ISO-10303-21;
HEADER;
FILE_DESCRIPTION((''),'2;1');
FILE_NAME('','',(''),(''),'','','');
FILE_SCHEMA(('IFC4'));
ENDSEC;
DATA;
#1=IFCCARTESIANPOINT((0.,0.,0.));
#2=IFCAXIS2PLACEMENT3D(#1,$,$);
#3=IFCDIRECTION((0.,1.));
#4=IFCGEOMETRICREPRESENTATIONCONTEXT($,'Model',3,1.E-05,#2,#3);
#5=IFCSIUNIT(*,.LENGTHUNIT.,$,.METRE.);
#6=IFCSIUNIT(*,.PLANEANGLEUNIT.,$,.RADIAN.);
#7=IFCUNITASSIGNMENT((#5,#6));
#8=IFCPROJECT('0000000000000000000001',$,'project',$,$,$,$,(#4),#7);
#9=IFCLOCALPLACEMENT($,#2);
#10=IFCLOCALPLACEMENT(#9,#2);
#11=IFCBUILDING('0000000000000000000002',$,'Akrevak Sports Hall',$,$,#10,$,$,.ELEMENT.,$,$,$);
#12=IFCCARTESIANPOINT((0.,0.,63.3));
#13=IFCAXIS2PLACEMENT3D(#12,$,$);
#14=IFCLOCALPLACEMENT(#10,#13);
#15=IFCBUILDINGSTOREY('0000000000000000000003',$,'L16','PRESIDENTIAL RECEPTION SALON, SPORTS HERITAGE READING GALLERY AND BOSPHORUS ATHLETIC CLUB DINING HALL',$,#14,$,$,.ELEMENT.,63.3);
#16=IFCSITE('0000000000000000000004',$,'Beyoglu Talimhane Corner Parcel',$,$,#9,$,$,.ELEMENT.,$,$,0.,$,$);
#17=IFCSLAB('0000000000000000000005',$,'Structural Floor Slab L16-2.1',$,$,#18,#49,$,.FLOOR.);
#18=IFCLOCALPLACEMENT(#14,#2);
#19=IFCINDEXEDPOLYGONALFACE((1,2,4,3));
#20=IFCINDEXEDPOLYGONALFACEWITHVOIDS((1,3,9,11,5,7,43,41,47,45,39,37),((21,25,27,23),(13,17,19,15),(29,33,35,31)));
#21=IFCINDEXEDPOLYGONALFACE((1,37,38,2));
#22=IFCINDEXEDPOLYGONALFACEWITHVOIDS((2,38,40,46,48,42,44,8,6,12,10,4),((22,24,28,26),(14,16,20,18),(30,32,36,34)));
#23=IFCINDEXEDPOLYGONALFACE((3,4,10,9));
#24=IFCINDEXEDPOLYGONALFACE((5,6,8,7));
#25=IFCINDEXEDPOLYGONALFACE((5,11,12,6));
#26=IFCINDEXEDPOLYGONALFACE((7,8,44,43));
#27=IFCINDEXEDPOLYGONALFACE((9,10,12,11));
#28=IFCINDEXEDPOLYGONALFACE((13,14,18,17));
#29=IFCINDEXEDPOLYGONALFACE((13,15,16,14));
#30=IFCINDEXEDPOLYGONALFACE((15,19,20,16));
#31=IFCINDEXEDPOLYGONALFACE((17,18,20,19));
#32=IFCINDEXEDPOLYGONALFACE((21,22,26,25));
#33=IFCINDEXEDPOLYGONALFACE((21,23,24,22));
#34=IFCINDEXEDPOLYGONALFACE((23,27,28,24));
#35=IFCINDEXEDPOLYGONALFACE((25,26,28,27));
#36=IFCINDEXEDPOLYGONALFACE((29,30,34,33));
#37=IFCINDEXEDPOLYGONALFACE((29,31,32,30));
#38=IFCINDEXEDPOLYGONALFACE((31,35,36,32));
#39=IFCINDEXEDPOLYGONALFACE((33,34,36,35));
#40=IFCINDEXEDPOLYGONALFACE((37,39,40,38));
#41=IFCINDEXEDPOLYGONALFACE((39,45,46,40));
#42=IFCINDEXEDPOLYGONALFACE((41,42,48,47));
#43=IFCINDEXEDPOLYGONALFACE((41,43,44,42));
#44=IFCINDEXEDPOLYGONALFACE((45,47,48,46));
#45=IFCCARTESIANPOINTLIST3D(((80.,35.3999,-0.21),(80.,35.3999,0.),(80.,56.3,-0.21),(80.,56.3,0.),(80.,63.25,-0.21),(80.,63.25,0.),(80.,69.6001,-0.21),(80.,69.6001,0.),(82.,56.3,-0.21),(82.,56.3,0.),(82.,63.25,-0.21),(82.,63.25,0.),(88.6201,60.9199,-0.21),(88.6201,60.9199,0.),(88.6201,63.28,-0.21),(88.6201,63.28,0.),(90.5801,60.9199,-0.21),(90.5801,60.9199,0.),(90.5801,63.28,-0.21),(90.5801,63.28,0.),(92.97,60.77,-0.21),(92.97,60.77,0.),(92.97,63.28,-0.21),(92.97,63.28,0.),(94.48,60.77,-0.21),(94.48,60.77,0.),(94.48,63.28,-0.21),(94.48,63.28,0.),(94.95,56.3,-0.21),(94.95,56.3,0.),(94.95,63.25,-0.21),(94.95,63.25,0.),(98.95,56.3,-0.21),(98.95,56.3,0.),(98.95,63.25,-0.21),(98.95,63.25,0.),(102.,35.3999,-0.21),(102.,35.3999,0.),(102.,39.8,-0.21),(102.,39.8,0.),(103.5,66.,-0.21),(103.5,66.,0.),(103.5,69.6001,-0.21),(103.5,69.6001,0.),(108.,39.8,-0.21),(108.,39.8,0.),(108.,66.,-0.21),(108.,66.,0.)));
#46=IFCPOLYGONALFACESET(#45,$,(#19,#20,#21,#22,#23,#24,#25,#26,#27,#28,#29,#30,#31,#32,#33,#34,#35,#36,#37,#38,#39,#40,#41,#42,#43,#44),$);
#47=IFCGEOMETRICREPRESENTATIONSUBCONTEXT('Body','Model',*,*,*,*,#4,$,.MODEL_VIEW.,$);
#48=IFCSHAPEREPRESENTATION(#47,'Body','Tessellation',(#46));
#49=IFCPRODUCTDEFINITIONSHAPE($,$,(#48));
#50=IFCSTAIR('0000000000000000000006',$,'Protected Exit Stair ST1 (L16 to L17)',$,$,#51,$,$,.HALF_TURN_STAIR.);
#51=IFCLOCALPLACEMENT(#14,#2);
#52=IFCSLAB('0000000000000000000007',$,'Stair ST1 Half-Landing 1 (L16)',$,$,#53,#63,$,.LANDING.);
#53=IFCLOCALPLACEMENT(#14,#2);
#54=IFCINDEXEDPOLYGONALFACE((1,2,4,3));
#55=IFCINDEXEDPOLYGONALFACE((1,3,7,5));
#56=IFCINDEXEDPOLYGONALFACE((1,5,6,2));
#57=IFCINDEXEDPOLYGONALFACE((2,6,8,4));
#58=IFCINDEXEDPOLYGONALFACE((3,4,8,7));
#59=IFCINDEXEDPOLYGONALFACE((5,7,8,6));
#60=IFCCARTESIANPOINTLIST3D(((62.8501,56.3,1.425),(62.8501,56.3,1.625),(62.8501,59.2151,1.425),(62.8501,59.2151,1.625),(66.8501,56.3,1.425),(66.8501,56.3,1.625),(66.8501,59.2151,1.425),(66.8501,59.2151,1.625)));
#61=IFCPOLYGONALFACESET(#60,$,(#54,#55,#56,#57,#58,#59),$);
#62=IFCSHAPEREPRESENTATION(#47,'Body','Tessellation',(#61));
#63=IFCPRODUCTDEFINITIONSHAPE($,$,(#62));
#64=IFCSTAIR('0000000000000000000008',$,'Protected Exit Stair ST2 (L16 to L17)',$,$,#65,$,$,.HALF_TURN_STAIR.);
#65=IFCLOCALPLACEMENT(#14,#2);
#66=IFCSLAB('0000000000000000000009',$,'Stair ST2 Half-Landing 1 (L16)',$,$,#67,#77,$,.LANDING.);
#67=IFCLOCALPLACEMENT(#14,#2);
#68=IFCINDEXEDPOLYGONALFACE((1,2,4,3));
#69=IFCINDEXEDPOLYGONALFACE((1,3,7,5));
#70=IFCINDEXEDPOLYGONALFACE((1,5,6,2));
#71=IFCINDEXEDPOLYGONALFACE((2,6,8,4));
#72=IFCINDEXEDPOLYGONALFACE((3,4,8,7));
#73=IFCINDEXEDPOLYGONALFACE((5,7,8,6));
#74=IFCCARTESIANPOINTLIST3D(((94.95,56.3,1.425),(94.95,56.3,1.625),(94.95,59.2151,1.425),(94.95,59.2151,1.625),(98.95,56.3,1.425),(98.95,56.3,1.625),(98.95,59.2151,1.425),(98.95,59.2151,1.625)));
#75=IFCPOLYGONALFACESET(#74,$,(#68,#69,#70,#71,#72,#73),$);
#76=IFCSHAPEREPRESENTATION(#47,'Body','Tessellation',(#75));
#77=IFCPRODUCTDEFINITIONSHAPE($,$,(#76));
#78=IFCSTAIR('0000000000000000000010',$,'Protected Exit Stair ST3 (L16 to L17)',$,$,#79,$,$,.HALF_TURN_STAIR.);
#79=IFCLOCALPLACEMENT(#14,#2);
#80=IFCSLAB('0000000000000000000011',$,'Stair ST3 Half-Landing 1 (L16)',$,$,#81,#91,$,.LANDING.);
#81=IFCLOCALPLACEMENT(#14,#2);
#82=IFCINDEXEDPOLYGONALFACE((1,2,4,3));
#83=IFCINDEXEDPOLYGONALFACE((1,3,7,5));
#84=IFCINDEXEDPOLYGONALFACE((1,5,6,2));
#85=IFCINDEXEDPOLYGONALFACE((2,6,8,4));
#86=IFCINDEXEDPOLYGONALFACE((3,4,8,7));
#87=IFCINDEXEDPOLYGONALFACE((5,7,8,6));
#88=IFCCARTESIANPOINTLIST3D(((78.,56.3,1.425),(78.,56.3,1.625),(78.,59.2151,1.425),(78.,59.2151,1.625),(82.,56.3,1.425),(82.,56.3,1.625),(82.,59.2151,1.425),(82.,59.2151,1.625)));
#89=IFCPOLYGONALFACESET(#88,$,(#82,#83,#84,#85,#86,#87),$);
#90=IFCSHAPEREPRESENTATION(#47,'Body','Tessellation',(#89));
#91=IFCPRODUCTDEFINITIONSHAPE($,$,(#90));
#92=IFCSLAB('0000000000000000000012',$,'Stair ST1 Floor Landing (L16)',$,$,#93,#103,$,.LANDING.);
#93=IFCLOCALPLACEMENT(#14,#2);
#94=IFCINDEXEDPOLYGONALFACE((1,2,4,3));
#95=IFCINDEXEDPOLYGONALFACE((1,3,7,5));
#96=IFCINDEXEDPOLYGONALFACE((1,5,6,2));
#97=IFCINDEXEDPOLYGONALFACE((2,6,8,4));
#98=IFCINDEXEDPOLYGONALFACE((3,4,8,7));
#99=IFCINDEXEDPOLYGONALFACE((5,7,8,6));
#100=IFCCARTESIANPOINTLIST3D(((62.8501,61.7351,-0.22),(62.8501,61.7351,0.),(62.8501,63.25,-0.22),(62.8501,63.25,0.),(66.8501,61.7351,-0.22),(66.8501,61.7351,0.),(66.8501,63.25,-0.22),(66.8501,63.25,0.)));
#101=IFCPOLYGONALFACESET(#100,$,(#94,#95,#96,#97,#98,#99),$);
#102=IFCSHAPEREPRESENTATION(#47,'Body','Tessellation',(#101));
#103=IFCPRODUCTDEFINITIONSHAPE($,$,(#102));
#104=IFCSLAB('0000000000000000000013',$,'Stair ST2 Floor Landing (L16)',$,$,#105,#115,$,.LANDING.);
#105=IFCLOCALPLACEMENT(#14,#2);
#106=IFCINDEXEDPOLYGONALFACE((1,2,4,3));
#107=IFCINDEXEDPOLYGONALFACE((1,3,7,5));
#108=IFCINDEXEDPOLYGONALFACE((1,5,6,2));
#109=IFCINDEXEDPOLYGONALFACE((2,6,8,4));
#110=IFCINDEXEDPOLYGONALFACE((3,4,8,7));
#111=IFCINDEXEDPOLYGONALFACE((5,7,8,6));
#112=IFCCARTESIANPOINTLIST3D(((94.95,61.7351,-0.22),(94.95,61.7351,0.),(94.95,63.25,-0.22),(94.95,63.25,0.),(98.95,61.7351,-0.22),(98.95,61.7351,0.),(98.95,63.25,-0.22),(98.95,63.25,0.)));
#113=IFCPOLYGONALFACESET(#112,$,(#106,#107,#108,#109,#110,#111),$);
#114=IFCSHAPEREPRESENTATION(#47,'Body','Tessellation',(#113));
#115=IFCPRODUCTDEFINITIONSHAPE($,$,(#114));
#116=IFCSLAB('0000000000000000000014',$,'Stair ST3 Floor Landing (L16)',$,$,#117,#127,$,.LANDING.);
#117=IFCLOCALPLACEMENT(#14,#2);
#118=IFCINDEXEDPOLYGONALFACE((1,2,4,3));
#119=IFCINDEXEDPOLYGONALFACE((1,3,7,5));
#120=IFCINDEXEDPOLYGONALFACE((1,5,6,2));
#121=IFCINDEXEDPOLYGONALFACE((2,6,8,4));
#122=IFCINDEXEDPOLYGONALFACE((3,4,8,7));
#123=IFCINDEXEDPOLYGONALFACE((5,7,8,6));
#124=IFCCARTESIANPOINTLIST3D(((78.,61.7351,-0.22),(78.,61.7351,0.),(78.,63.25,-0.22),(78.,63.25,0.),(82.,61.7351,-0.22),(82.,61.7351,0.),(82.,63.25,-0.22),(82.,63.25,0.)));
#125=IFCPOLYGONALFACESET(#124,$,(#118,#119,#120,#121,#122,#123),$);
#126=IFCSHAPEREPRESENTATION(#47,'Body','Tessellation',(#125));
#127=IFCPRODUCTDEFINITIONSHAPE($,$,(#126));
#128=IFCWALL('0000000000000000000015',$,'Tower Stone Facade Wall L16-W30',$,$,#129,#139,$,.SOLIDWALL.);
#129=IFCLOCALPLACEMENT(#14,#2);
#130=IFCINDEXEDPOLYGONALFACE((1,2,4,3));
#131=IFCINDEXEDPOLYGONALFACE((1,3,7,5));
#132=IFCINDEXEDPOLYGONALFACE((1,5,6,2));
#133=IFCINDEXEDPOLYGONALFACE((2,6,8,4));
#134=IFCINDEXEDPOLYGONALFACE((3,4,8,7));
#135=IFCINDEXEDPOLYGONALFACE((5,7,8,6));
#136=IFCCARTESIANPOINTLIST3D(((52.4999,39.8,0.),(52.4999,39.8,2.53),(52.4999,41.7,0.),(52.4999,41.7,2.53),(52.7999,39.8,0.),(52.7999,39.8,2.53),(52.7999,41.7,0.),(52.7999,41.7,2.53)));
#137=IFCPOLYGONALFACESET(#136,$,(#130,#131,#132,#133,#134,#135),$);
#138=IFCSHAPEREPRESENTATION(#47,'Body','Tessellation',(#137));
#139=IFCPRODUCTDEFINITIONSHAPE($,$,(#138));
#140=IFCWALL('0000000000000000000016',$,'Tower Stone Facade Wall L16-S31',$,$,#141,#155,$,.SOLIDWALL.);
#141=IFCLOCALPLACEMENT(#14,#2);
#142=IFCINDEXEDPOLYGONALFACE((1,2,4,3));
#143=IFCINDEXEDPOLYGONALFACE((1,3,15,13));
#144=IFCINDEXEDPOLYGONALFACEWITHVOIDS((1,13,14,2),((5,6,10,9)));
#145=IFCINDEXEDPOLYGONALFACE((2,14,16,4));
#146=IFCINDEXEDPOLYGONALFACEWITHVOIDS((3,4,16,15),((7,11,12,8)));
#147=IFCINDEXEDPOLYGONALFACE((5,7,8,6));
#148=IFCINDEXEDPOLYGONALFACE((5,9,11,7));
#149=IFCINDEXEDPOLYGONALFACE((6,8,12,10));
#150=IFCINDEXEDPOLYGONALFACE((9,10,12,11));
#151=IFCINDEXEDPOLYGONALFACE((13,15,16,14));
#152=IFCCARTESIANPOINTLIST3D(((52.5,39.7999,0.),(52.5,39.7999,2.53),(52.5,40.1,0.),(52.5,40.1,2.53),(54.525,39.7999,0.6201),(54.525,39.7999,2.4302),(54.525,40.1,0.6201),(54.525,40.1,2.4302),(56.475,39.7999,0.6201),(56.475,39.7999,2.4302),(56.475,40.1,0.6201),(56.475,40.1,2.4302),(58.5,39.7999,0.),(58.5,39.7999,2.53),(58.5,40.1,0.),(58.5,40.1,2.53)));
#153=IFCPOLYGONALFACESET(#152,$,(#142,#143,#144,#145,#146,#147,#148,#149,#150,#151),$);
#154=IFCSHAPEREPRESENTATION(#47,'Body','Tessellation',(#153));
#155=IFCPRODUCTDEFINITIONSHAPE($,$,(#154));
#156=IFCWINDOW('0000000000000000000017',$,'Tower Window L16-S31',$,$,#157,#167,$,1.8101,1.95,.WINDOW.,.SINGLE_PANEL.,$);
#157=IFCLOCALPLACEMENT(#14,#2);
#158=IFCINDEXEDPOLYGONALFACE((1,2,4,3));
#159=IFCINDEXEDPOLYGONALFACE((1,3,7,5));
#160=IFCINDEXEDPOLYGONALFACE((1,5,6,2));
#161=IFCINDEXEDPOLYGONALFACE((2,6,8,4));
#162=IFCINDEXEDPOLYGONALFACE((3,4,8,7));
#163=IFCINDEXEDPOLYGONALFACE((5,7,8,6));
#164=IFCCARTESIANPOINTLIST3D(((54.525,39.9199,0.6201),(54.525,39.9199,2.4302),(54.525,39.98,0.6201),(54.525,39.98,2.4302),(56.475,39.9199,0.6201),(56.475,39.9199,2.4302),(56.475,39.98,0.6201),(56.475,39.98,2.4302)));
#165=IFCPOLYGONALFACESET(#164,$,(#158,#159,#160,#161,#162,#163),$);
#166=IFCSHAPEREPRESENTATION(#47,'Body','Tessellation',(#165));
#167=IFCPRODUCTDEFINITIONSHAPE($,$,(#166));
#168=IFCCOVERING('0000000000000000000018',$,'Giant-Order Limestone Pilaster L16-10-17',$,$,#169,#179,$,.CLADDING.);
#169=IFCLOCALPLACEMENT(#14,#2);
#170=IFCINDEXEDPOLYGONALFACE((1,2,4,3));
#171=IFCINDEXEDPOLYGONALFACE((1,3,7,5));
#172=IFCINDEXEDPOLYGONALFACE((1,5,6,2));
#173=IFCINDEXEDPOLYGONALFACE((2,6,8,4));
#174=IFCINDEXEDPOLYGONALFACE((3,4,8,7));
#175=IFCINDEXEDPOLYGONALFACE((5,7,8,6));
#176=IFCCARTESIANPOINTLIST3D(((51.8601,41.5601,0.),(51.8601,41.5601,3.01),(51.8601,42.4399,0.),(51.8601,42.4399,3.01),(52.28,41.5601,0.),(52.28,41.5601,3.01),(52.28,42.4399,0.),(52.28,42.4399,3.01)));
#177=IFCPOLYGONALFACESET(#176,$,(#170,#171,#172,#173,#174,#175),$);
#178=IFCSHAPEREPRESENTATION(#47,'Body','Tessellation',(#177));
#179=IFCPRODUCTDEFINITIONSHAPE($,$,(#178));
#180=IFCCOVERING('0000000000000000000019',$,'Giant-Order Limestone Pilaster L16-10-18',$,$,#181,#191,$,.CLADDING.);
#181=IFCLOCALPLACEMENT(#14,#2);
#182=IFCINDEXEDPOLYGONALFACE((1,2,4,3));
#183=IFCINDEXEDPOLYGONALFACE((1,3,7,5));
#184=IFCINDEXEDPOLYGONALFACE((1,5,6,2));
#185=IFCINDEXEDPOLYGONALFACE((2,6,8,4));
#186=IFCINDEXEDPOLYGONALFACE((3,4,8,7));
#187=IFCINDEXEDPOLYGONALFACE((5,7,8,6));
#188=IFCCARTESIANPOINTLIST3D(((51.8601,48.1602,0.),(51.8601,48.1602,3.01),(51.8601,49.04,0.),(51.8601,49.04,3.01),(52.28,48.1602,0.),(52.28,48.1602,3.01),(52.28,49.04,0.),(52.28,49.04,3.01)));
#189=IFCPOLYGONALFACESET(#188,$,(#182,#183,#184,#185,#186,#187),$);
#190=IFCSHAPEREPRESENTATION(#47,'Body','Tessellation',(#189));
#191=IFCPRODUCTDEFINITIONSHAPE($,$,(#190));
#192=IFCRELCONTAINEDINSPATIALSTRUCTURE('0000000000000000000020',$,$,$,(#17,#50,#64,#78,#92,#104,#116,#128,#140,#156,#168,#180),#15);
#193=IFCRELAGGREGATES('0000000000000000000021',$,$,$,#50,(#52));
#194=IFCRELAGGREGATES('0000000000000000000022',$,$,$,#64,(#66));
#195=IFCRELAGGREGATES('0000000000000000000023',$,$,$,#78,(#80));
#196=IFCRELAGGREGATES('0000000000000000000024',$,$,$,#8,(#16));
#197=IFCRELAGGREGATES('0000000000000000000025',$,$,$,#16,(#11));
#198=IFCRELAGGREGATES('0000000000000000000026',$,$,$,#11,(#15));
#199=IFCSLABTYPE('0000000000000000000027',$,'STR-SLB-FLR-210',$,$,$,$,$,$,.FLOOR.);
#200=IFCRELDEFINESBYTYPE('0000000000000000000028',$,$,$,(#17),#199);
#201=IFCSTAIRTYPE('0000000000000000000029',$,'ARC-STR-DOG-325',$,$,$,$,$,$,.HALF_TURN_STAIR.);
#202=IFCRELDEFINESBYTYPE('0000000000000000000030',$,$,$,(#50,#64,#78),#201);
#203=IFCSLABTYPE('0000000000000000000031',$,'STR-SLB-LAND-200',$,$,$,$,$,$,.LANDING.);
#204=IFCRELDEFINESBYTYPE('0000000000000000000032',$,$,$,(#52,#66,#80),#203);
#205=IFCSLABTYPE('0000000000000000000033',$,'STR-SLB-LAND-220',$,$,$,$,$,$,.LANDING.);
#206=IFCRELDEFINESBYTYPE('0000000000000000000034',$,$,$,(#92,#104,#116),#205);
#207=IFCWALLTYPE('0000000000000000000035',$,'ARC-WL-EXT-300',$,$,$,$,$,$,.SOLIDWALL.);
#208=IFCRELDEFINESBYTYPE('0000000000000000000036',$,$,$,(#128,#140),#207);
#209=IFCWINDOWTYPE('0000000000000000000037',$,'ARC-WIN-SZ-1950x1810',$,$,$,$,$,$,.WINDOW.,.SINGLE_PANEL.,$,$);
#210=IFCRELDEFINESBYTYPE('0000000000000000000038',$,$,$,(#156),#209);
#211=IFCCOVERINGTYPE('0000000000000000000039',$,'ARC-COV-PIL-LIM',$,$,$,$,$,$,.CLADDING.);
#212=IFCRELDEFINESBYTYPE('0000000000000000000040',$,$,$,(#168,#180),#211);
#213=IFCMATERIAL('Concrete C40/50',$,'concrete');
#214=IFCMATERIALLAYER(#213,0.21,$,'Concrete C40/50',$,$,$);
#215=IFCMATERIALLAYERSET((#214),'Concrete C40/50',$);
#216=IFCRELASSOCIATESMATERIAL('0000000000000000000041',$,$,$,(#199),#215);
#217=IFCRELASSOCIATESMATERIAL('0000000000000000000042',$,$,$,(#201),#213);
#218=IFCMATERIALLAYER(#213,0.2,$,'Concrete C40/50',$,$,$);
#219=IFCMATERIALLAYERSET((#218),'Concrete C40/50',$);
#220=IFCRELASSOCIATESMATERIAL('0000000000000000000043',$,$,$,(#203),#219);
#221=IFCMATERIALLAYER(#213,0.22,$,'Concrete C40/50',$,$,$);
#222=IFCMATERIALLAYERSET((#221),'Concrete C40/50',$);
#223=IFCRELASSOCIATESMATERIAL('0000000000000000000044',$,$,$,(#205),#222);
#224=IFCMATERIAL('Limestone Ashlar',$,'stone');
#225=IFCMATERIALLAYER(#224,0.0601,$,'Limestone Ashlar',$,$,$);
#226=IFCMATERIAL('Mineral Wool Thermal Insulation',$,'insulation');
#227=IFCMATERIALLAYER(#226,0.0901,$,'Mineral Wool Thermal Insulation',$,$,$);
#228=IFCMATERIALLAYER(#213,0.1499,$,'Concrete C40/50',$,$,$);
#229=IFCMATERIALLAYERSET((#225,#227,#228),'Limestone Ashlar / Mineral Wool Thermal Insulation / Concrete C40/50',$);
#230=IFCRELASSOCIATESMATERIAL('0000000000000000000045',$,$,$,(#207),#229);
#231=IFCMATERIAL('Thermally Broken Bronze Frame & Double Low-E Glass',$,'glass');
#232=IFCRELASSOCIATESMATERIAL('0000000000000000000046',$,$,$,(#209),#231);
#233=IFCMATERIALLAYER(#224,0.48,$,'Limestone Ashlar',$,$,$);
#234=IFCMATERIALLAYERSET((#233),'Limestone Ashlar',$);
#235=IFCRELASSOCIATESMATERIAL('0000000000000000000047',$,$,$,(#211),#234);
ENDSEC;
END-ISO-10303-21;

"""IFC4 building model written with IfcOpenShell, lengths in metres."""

from ifc_helpers import new_model, si_unit, direction, frame, frame_2d, origin, origin_2d, place, context, subcontext, project, spatial, polyline, rectangle, outline, extrude, material, layer, layer_set, type_object, element, fill, aggregate, save


model = new_model("IFC4")

# Units and contexts
model_context = context("Model", 3, precision=1e-05, world=origin(), true_north=direction((0.0, 1.0)))
body_context = subcontext(model_context, "Body", "Model", "MODEL_VIEW")
ifc_project = project(units=[si_unit("LENGTHUNIT", "METRE"), si_unit("PLANEANGLEUNIT", "RADIAN")], contexts=[model_context])

# Site, building, storey
site_placement = place(None, origin())
site = spatial("IfcSite", under=ifc_project, at=site_placement, Name="Beyoglu Talimhane Corner Parcel", CompositionType="ELEMENT", RefElevation=0.0)
building_placement = place(site_placement, origin())
building = spatial("IfcBuilding", under=site, at=building_placement, Name="Akrevak Sports Hall", CompositionType="ELEMENT")
storey_placement = place(building_placement, frame((0.0, 0.0, 63.3)))
storey = spatial("IfcBuildingStorey", under=building, at=storey_placement, Name="L16", Description="PRESIDENTIAL RECEPTION SALON, SPORTS HERITAGE READING GALLERY AND BOSPHORUS ATHLETIC CLUB DINING HALL", CompositionType="ELEMENT", Elevation=63.3)

# Shared definitions
ifc_material_1 = material(Name="Concrete C40/50", Category="concrete")

# Slab
ifc_layer_1 = layer(ifc_material_1, 0.21, Name="Concrete C40/50")
ifc_layer_set_1 = layer_set([ifc_layer_1], Name="Concrete C40/50")
slab_type_1 = type_object("IfcSlabType", Name="STR-SLB-FLR-210", PredefinedType="FLOOR", material=ifc_layer_set_1)
slab_1_placement = place(storey_placement, frame((0.0, 0.0, -0.21)))
element("IfcSlab", 1, at=slab_1_placement, inside=storey, type_object=slab_type_1, Name="Structural Floor Slab L16-2.1", PredefinedType="FLOOR", context=body_context, shape_type="SweptSolid", body=[
    extrude(outline(polyline([(80.0, 69.6001), (80.0, 63.25), (82.0, 63.25), (82.0, 56.3), (80.0, 56.3), (80.0, 35.3999), (102.0, 35.3999), (102.0, 39.8), (108.0, 39.8), (108.0, 66.0), (103.5, 66.0), (103.5, 69.6001), (80.0, 69.6001)]), holes=[polyline([(94.95, 63.25), (98.95, 63.25), (98.95, 56.3), (94.95, 56.3), (94.95, 63.25)]), polyline([(92.97, 63.28), (94.48, 63.28), (94.48, 60.77), (92.97, 60.77), (92.97, 63.28)]), polyline([(88.6201, 63.28), (90.5801, 63.28), (90.5801, 60.9199), (88.6201, 60.9199), (88.6201, 63.28)])]), origin(), (0.0, 0.0, 1.0), 0.21),
])

# Stairs, slabs
stair_type = type_object("IfcStairType", Name="ARC-STR-DOG-325", PredefinedType="HALF_TURN_STAIR", material=ifc_material_1)
stair_1_placement = place(storey_placement, origin())
stair_1 = element("IfcStair", 2, at=stair_1_placement, inside=storey, type_object=stair_type, Name="Protected Exit Stair ST1 (L16 to L17)", PredefinedType="HALF_TURN_STAIR")
ifc_layer_2 = layer(ifc_material_1, 0.2, Name="Concrete C40/50")
ifc_layer_set_2 = layer_set([ifc_layer_2], Name="Concrete C40/50")
slab_type_2 = type_object("IfcSlabType", Name="STR-SLB-LAND-200", PredefinedType="LANDING", material=ifc_layer_set_2)
slab_2_placement = place(storey_placement, frame((0.0, 0.0, 1.425)))
slab_2 = element("IfcSlab", 3, at=slab_2_placement, type_object=slab_type_2, Name="Stair ST1 Half-Landing 1 (L16)", PredefinedType="LANDING", context=body_context, shape_type="SweptSolid", body=[
    extrude(outline(polyline([(62.8501, 56.3), (66.8501, 56.3), (66.8501, 59.2151), (62.8501, 59.2151), (62.8501, 56.3)])), origin(), (0.0, 0.0, 1.0), 0.2),
])
aggregate(stair_1, [slab_2])
stair_2_placement = place(storey_placement, origin())
stair_2 = element("IfcStair", 4, at=stair_2_placement, inside=storey, type_object=stair_type, Name="Protected Exit Stair ST2 (L16 to L17)", PredefinedType="HALF_TURN_STAIR")
slab_3_placement = place(storey_placement, frame((0.0, 0.0, 1.425)))
slab_3 = element("IfcSlab", 5, at=slab_3_placement, type_object=slab_type_2, Name="Stair ST2 Half-Landing 1 (L16)", PredefinedType="LANDING", context=body_context, shape_type="SweptSolid", body=[
    extrude(outline(polyline([(94.95, 56.3), (98.95, 56.3), (98.95, 59.2151), (94.95, 59.2151), (94.95, 56.3)])), origin(), (0.0, 0.0, 1.0), 0.2),
])
aggregate(stair_2, [slab_3])
stair_3_placement = place(storey_placement, origin())
stair_3 = element("IfcStair", 6, at=stair_3_placement, inside=storey, type_object=stair_type, Name="Protected Exit Stair ST3 (L16 to L17)", PredefinedType="HALF_TURN_STAIR")
slab_4_placement = place(storey_placement, frame((0.0, 0.0, 1.425)))
slab_4 = element("IfcSlab", 7, at=slab_4_placement, type_object=slab_type_2, Name="Stair ST3 Half-Landing 1 (L16)", PredefinedType="LANDING", context=body_context, shape_type="SweptSolid", body=[
    extrude(outline(polyline([(78.0, 56.3), (82.0, 56.3), (82.0, 59.2151), (78.0, 59.2151), (78.0, 56.3)])), origin(), (0.0, 0.0, 1.0), 0.2),
])
aggregate(stair_3, [slab_4])

# Slabs
ifc_layer_3 = layer(ifc_material_1, 0.22, Name="Concrete C40/50")
ifc_layer_set_3 = layer_set([ifc_layer_3], Name="Concrete C40/50")
slab_type_3 = type_object("IfcSlabType", Name="STR-SLB-LAND-220", PredefinedType="LANDING", material=ifc_layer_set_3)
slab_5_placement = place(storey_placement, frame((0.0, 0.0, -0.22)))
element("IfcSlab", 8, at=slab_5_placement, inside=storey, type_object=slab_type_3, Name="Stair ST1 Floor Landing (L16)", PredefinedType="LANDING", context=body_context, shape_type="SweptSolid", body=[
    extrude(outline(polyline([(62.8501, 61.7351), (66.8501, 61.7351), (66.8501, 63.25), (62.8501, 63.25), (62.8501, 61.7351)])), origin(), (0.0, 0.0, 1.0), 0.22),
])
slab_6_placement = place(storey_placement, frame((0.0, 0.0, -0.22)))
element("IfcSlab", 9, at=slab_6_placement, inside=storey, type_object=slab_type_3, Name="Stair ST2 Floor Landing (L16)", PredefinedType="LANDING", context=body_context, shape_type="SweptSolid", body=[
    extrude(outline(polyline([(94.95, 61.7351), (98.95, 61.7351), (98.95, 63.25), (94.95, 63.25), (94.95, 61.7351)])), origin(), (0.0, 0.0, 1.0), 0.22),
])
slab_7_placement = place(storey_placement, frame((0.0, 0.0, -0.22)))
element("IfcSlab", 10, at=slab_7_placement, inside=storey, type_object=slab_type_3, Name="Stair ST3 Floor Landing (L16)", PredefinedType="LANDING", context=body_context, shape_type="SweptSolid", body=[
    extrude(outline(polyline([(78.0, 61.7351), (82.0, 61.7351), (82.0, 63.25), (78.0, 63.25), (78.0, 61.7351)])), origin(), (0.0, 0.0, 1.0), 0.22),
])

# Wall
ifc_material_2 = material(Name="Limestone Ashlar", Category="stone")
ifc_layer_4 = layer(ifc_material_2, 0.0601, Name="Limestone Ashlar")
ifc_material_3 = material(Name="Mineral Wool Thermal Insulation", Category="insulation")
ifc_layer_5 = layer(ifc_material_3, 0.0901, Name="Mineral Wool Thermal Insulation")
ifc_layer_6 = layer(ifc_material_1, 0.1499, Name="Concrete C40/50")
ifc_layer_set_4 = layer_set([ifc_layer_4, ifc_layer_5, ifc_layer_6], Name="Limestone Ashlar / Mineral Wool Thermal Insulation / Concrete C40/50")
wall_type = type_object("IfcWallType", Name="ARC-WL-EXT-300", PredefinedType="SOLIDWALL", material=ifc_layer_set_4)
wall_1_placement = place(storey_placement, frame((52.6499, 41.7, 0.0), z_axis=(0.0, 0.0, 1.0), x_axis=(0.0, -1.0, 0.0)))
element("IfcWall", 11, at=wall_1_placement, inside=storey, type_object=wall_type, Name="Tower Stone Facade Wall L16-W30", PredefinedType="SOLIDWALL", context=body_context, shape_type="SweptSolid", body=[
    extrude(rectangle(XDim=1.8999, YDim=0.3, at=frame_2d((0.95, 0.0))), origin(), (0.0, 0.0, 1.0), 2.53),
])

# Wall, opening, window
wall_2_placement = place(storey_placement, frame((52.5, 39.95, 0.0), z_axis=(0.0, 0.0, 1.0), x_axis=(1.0, 0.0, 0.0)))
wall_2 = element("IfcWall", 12, at=wall_2_placement, inside=storey, type_object=wall_type, Name="Tower Stone Facade Wall L16-S31", PredefinedType="SOLIDWALL", context=body_context, shape_type="SweptSolid", body=[
    extrude(rectangle(XDim=6.0, YDim=0.3, at=frame_2d((3.0, 0.0))), origin(), (0.0, 0.0, 1.0), 2.53),
])
opening_placement = place(wall_2_placement, frame((2.0249, 0.0, 0.6201)))
opening = element("IfcOpeningElement", 13, at=opening_placement, cuts=wall_2, PredefinedType="OPENING", context=body_context, shape_type="SweptSolid", body=[
    extrude(rectangle(XDim=1.95, YDim=1.8101, at=frame_2d((0.9751, 0.905))), frame((0.0, 0.1621, 0.0), z_axis=(0.0, -1.0, 0.0), x_axis=(1.0, 0.0, 0.0)), (0.0, 0.0, 1.0), 0.324),
])
ifc_material_4 = material(Name="Thermally Broken Bronze Frame & Double Low-E Glass", Category="glass")
window_type = type_object("IfcWindowType", Name="ARC-WIN-SZ-1950x1810", PartitioningType="SINGLE_PANEL", PredefinedType="WINDOW", material=ifc_material_4)
window_placement = place(opening_placement, origin())
window = element("IfcWindow", 14, at=window_placement, inside=storey, type_object=window_type, Name="Tower Window L16-S31", OverallHeight=1.8101, OverallWidth=1.95, PartitioningType="SINGLE_PANEL", PredefinedType="WINDOW", context=body_context, shape_type="SweptSolid", body=[
    extrude(rectangle(XDim=1.95, YDim=1.8101, at=frame_2d((0.9751, 0.905))), frame((0.0, 0.03, 0.0), z_axis=(0.0, -1.0, 0.0), x_axis=(1.0, 0.0, 0.0)), (0.0, 0.0, 1.0), 0.0601),
])
fill(opening, window)

# Coverings
ifc_layer_7 = layer(ifc_material_2, 0.48, Name="Limestone Ashlar")
ifc_layer_set_5 = layer_set([ifc_layer_7], Name="Limestone Ashlar")
covering_type = type_object("IfcCoveringType", Name="ARC-COV-PIL-LIM", PredefinedType="CLADDING", material=ifc_layer_set_5)
for number, where, z_axis, x_axis, name in (
    (15, (52.0701, 42.0, 0.0), (0.0, 0.0, 1.0), (0.0, -1.0, 0.0), "Giant-Order Limestone Pilaster L16-10-17"),
    (16, (52.0701, 48.6001, 0.0), (0.0, 0.0, 1.0), (0.0, -1.0, 0.0), "Giant-Order Limestone Pilaster L16-10-18"),
):
    element("IfcCovering", number, at=place(storey_placement, frame(where, z_axis=z_axis, x_axis=x_axis)), inside=storey, type_object=covering_type, Name=name, PredefinedType="CLADDING", context=body_context, shape_type="SweptSolid", body=[
        extrude(rectangle(XDim=0.8799, YDim=0.4199, at=origin_2d()), origin(), (0.0, 0.0, 1.0), 3.01),
    ])

save(model, "model.ifc")
